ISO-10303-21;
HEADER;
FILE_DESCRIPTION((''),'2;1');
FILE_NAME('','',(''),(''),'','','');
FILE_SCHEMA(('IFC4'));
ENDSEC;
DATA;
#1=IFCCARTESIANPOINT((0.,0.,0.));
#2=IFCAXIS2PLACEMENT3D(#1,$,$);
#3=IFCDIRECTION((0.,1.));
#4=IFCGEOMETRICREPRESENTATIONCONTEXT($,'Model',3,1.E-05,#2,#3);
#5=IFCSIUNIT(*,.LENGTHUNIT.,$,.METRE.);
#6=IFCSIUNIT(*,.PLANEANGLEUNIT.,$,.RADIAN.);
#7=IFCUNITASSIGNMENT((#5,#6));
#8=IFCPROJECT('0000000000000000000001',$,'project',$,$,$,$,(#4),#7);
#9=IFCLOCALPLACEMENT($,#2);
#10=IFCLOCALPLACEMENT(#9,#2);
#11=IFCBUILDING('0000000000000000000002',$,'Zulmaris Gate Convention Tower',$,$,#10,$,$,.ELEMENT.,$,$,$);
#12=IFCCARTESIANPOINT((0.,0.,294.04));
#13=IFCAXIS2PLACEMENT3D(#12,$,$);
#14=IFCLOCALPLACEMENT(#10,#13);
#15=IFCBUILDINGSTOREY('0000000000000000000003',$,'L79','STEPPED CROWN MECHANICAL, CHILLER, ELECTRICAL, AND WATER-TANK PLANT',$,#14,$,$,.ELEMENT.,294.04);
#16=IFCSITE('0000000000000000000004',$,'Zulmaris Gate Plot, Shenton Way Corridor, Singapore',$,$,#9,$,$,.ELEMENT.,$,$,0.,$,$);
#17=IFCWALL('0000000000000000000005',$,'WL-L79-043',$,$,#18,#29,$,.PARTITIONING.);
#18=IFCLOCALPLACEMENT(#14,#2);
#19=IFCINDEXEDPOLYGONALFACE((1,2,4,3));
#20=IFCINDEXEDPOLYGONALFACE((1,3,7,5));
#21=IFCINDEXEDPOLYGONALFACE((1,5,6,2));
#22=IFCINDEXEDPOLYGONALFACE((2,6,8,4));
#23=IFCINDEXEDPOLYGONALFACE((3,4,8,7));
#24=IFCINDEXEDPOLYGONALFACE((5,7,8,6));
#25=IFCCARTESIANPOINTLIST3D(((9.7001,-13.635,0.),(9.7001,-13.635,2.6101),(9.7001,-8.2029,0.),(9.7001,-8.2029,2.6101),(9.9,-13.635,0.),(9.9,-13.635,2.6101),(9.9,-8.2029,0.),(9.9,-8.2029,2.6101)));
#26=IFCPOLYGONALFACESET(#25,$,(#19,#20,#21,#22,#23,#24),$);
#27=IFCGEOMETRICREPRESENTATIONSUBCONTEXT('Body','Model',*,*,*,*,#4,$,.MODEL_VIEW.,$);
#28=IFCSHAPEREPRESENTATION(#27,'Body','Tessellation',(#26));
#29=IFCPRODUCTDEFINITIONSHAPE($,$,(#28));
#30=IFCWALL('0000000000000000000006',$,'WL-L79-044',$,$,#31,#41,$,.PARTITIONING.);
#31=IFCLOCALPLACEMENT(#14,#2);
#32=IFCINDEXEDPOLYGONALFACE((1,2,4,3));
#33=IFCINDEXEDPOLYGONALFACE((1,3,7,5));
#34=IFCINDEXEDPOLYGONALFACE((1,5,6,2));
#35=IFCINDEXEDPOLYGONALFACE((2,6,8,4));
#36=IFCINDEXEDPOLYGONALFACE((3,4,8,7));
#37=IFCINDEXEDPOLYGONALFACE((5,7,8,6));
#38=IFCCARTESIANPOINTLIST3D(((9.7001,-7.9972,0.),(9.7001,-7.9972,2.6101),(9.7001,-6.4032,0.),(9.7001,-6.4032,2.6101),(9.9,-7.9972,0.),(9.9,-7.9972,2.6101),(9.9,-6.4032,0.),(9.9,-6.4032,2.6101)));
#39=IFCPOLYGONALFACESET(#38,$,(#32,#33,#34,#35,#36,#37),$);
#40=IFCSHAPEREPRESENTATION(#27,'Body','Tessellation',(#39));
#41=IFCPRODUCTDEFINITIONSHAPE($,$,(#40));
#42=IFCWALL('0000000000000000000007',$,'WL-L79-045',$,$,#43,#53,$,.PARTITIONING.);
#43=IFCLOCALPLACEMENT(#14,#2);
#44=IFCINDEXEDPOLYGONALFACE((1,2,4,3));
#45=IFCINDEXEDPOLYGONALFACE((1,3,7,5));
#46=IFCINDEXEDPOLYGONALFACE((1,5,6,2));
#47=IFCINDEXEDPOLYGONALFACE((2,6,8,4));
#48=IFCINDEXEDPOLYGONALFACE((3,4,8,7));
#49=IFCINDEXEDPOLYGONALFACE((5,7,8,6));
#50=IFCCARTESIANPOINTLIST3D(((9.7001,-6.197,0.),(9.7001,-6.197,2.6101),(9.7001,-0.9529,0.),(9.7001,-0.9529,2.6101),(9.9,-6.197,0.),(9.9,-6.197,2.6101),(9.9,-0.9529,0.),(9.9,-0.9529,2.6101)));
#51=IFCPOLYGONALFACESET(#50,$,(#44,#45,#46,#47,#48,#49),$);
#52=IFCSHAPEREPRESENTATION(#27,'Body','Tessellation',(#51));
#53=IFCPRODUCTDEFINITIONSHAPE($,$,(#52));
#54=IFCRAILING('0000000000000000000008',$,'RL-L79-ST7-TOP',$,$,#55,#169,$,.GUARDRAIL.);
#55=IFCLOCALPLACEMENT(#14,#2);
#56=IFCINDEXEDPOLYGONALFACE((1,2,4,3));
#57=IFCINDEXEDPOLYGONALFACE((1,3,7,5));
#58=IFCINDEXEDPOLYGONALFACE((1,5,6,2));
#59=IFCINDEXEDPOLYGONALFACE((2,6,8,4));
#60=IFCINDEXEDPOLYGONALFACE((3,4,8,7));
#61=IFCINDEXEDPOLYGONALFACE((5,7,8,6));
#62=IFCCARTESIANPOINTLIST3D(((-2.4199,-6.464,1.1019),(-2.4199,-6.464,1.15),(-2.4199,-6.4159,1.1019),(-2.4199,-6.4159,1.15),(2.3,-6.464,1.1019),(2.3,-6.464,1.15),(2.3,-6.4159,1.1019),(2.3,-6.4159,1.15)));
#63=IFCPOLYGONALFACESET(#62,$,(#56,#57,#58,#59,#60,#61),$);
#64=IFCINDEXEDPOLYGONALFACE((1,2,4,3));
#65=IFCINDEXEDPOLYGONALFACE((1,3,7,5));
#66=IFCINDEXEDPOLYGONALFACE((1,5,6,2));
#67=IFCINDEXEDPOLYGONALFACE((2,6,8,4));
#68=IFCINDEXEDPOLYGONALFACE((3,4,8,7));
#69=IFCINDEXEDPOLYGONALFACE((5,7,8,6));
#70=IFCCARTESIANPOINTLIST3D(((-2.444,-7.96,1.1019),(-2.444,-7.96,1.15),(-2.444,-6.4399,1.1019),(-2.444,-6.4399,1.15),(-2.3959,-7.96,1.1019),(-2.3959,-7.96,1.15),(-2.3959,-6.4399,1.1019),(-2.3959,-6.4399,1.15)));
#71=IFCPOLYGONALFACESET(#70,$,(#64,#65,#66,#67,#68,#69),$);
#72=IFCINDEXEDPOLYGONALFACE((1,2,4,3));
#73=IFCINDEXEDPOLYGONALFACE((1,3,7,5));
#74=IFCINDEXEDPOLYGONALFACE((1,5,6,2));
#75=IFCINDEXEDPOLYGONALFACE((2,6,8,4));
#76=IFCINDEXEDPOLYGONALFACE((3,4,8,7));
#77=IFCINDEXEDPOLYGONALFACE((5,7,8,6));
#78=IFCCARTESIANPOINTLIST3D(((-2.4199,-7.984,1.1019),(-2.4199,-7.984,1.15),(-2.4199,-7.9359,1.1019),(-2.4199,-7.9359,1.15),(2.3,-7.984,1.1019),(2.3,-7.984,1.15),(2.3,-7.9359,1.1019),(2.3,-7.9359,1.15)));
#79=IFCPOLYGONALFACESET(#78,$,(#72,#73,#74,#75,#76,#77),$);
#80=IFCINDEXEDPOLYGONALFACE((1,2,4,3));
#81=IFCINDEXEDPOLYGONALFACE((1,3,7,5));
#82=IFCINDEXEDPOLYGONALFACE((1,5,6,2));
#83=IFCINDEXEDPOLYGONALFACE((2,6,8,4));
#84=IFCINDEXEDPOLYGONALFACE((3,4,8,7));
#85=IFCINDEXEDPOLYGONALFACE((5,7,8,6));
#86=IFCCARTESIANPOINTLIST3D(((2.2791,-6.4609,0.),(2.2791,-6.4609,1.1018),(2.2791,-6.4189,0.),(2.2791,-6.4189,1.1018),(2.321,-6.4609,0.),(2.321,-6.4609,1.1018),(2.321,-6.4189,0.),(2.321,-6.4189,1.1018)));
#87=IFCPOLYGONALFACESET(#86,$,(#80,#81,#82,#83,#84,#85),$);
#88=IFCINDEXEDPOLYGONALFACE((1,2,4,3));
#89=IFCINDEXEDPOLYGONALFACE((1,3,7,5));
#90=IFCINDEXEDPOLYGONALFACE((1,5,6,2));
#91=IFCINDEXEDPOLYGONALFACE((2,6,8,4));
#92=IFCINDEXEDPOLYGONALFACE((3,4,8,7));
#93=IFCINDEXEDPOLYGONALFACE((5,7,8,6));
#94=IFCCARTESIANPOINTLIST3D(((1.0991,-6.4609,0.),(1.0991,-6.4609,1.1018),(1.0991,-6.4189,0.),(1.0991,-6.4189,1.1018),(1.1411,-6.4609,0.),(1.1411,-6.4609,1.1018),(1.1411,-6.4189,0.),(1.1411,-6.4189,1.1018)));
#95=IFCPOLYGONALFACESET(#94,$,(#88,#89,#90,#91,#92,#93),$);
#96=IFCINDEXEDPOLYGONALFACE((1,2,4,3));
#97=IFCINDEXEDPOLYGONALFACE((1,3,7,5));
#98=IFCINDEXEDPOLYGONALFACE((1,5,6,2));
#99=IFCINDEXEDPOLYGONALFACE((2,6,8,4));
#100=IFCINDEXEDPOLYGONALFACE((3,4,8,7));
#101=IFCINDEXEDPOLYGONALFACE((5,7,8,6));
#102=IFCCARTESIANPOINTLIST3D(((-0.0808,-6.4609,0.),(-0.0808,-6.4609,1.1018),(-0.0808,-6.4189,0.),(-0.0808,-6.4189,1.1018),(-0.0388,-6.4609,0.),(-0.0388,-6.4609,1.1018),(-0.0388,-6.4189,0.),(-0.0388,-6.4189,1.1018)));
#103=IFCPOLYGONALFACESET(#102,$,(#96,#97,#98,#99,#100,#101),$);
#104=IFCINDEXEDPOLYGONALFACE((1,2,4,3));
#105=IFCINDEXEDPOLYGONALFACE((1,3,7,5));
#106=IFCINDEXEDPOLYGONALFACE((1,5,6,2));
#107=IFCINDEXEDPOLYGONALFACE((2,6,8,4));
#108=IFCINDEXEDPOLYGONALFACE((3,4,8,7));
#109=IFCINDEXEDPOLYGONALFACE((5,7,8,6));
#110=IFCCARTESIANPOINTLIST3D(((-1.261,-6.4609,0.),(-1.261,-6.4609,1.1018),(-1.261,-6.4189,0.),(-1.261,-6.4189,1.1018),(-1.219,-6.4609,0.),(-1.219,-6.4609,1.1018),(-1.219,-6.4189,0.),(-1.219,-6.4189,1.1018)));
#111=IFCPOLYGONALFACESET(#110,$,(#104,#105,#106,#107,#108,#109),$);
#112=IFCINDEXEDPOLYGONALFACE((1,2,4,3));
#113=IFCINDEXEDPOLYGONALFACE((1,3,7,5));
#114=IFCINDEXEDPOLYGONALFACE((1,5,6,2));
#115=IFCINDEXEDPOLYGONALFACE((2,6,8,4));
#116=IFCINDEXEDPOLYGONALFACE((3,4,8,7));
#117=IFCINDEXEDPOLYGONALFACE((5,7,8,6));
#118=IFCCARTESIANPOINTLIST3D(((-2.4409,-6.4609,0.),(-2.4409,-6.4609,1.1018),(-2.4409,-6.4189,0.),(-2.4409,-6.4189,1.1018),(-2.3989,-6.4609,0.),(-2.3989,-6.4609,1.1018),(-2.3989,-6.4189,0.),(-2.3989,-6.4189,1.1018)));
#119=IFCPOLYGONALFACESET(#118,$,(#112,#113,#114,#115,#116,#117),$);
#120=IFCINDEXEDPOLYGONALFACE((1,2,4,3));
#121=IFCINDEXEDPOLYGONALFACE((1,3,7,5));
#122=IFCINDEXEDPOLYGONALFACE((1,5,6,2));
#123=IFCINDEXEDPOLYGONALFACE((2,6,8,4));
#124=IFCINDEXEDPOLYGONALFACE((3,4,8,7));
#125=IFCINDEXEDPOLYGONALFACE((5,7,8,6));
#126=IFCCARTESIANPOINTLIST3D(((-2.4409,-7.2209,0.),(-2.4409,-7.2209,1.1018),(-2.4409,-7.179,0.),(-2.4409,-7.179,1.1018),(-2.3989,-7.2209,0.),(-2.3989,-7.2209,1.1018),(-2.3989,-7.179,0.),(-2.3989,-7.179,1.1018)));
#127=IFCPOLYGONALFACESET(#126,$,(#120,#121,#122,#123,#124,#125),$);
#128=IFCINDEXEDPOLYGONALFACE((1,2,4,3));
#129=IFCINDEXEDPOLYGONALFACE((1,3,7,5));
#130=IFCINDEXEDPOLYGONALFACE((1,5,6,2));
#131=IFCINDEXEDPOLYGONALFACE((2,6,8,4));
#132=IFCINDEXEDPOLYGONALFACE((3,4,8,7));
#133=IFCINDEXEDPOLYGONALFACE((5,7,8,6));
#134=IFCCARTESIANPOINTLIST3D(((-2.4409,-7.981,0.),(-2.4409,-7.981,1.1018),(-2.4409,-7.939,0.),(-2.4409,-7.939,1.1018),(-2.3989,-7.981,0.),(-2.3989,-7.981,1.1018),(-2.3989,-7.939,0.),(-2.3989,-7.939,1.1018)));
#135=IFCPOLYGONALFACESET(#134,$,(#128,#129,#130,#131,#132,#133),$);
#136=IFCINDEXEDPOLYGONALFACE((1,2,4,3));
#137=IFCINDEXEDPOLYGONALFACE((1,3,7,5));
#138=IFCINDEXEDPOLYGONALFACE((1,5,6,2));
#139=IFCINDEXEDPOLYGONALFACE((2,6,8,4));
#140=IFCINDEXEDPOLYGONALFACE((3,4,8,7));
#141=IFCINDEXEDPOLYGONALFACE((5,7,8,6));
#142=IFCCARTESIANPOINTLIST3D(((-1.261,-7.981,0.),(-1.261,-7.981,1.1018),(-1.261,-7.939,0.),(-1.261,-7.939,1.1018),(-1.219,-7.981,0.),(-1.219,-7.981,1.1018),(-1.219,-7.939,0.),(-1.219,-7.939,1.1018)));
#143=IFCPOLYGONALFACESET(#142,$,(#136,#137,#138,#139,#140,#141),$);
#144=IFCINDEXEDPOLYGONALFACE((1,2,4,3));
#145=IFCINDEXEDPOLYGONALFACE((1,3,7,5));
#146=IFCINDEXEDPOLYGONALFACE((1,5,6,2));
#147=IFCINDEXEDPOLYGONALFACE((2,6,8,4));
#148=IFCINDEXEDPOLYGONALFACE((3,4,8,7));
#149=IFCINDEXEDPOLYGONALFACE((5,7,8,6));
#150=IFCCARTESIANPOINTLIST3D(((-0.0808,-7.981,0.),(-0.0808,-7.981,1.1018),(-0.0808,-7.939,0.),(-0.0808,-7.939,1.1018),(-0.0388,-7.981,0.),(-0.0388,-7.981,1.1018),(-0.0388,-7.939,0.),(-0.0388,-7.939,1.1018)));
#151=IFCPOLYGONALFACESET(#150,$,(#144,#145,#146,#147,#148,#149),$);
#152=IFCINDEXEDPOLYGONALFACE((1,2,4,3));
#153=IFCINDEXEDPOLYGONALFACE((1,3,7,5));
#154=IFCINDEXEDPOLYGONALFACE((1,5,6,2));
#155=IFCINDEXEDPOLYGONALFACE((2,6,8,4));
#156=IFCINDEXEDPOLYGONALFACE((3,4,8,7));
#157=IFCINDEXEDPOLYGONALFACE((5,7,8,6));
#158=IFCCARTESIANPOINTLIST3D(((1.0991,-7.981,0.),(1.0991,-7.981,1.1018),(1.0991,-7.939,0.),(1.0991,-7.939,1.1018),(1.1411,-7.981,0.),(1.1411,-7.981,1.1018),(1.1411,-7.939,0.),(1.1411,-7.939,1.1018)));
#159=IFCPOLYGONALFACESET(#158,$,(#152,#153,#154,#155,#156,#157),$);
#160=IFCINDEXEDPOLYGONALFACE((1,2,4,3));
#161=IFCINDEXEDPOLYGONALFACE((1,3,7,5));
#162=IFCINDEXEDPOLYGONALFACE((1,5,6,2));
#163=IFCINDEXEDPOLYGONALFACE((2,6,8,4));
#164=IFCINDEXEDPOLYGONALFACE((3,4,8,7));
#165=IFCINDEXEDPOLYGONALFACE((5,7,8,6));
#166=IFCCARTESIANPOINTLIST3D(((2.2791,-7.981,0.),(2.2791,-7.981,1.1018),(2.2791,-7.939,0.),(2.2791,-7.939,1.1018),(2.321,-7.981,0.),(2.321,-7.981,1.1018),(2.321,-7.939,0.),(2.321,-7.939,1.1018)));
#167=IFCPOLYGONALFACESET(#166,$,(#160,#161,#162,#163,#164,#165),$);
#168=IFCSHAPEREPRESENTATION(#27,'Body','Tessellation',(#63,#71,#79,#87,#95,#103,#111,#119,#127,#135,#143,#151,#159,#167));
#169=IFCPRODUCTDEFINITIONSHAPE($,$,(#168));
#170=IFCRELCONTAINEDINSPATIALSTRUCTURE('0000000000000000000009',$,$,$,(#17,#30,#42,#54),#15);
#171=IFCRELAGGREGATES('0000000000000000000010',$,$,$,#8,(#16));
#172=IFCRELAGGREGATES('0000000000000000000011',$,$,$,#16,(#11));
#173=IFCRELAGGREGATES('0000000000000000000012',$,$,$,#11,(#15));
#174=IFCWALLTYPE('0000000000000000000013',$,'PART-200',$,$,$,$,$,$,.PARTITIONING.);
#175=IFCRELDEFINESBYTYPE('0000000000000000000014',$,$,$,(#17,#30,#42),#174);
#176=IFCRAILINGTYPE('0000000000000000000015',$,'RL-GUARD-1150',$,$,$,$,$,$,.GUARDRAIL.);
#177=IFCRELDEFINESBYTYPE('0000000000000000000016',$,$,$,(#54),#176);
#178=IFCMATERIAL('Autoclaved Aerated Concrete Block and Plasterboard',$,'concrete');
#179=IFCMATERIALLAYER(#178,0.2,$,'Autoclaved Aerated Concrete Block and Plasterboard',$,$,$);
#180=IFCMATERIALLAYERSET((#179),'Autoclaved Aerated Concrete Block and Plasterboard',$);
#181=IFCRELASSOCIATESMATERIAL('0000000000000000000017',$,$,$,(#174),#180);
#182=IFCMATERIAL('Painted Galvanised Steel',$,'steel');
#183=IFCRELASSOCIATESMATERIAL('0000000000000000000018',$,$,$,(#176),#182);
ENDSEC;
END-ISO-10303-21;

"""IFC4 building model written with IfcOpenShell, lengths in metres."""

from ifc_helpers import new_model, si_unit, direction, frame, frame_2d, origin, origin_2d, place, context, subcontext, project, spatial, rectangle, extrude, material, layer, layer_set, type_object, element, save


model = new_model("IFC4")

# Units and contexts
model_context = context("Model", 3, precision=1e-05, world=origin(), true_north=direction((0.0, 1.0)))
body_context = subcontext(model_context, "Body", "Model", "MODEL_VIEW")
ifc_project = project(units=[si_unit("LENGTHUNIT", "METRE"), si_unit("PLANEANGLEUNIT", "RADIAN")], contexts=[model_context])

# Site, building, storey
site_placement = place(None, origin())
site = spatial("IfcSite", under=ifc_project, at=site_placement, Name="Zulmaris Gate Plot, Shenton Way Corridor, Singapore", CompositionType="ELEMENT", RefElevation=0.0)
building_placement = place(site_placement, origin())
building = spatial("IfcBuilding", under=site, at=building_placement, Name="Zulmaris Gate Convention Tower", CompositionType="ELEMENT")
storey_placement = place(building_placement, frame((0.0, 0.0, 294.04)))
storey = spatial("IfcBuildingStorey", under=building, at=storey_placement, Name="L79", Description="STEPPED CROWN MECHANICAL, CHILLER, ELECTRICAL, AND WATER-TANK PLANT", CompositionType="ELEMENT", Elevation=294.04)

# Shared definitions
ifc_material_1 = material(Name="Autoclaved Aerated Concrete Block and Plasterboard", Category="concrete")
ifc_layer_1 = layer(ifc_material_1, 0.2, Name="Autoclaved Aerated Concrete Block and Plasterboard")
ifc_layer_set_1 = layer_set([ifc_layer_1], Name="Autoclaved Aerated Concrete Block and Plasterboard")
wall_type_1 = type_object("IfcWallType", Name="PART-200", PredefinedType="PARTITIONING", material=ifc_layer_set_1)

# Walls
wall_1_placement = place(storey_placement, frame((9.8, -13.635, 0.0), z_axis=(0.0, 0.0, 1.0), x_axis=(0.0, 1.0, 0.0)))
element("IfcWall", 1, at=wall_1_placement, inside=storey, type_object=wall_type_1, Name="WL-L79-043", PredefinedType="PARTITIONING", context=body_context, shape_type="SweptSolid", body=[
    extrude(rectangle(XDim=5.4321, YDim=0.2, at=frame_2d((2.7161, 0.0))), origin(), (0.0, 0.0, 1.0), 2.6101),
])
wall_2_placement = place(storey_placement, frame((9.8, -7.9971, 0.0), z_axis=(0.0, 0.0, 1.0), x_axis=(0.0, 1.0, 0.0)))
element("IfcWall", 2, at=wall_2_placement, inside=storey, type_object=wall_type_1, Name="WL-L79-044", PredefinedType="PARTITIONING", context=body_context, shape_type="SweptSolid", body=[
    extrude(rectangle(XDim=1.594, YDim=0.2, at=frame_2d((0.7969, 0.0))), origin(), (0.0, 0.0, 1.0), 2.6101),
])
wall_3_placement = place(storey_placement, frame((9.8, -6.197, 0.0), z_axis=(0.0, 0.0, 1.0), x_axis=(0.0, 1.0, 0.0)))
element("IfcWall", 3, at=wall_3_placement, inside=storey, type_object=wall_type_1, Name="WL-L79-045", PredefinedType="PARTITIONING", context=body_context, shape_type="SweptSolid", body=[
    extrude(rectangle(XDim=5.2441, YDim=0.2, at=frame_2d((2.6221, 0.0))), origin(), (0.0, 0.0, 1.0), 2.6101),
])

# Railing
ifc_material_2 = material(Name="Painted Galvanised Steel", Category="steel")
railing_type = type_object("IfcRailingType", Name="RL-GUARD-1150", PredefinedType="GUARDRAIL", material=ifc_material_2)
railing_placement = place(storey_placement, frame((2.3, -6.4399, 0.0)))
element("IfcRailing", 4, at=railing_placement, inside=storey, type_object=railing_type, Name="RL-L79-ST7-TOP", PredefinedType="GUARDRAIL", context=body_context, shape_type="SweptSolid", body=[
    extrude(rectangle(XDim=0.0481, YDim=0.0481, at=origin_2d()), frame((0.0, 0.0, 1.126), z_axis=(-1.0, 0.0, 0.0), x_axis=(0.0, -1.0, 0.0)), (0.0, 0.0, 1.0), 4.72),
    extrude(rectangle(XDim=0.0481, YDim=0.0481, at=origin_2d()), frame((-4.72, 0.0, 1.126), z_axis=(0.0, -1.0, 0.0), x_axis=(1.0, 0.0, 0.0)), (0.0, 0.0, 1.0), 1.52),
    extrude(rectangle(XDim=0.0481, YDim=0.0481, at=origin_2d()), frame((-4.72, -1.52, 1.126), z_axis=(1.0, 0.0, 0.0), x_axis=(0.0, 1.0, 0.0)), (0.0, 0.0, 1.0), 4.72),
    extrude(rectangle(XDim=0.042, YDim=0.042, at=origin_2d()), origin(), (0.0, 0.0, 1.0), 1.1018),
    extrude(rectangle(XDim=0.042, YDim=0.042, at=origin_2d()), frame((-1.1799, 0.0, 0.0)), (0.0, 0.0, 1.0), 1.1018),
    extrude(rectangle(XDim=0.042, YDim=0.042, at=origin_2d()), frame((-2.3599, 0.0, 0.0)), (0.0, 0.0, 1.0), 1.1018),
    extrude(rectangle(XDim=0.042, YDim=0.042, at=origin_2d()), frame((-3.54, 0.0, 0.0)), (0.0, 0.0, 1.0), 1.1018),
    extrude(rectangle(XDim=0.042, YDim=0.042, at=origin_2d()), frame((-4.72, 0.0, 0.0)), (0.0, 0.0, 1.0), 1.1018),
    extrude(rectangle(XDim=0.042, YDim=0.042, at=origin_2d()), frame((-4.72, -0.76, 0.0)), (0.0, 0.0, 1.0), 1.1018),
    extrude(rectangle(XDim=0.042, YDim=0.042, at=origin_2d()), frame((-4.72, -1.52, 0.0)), (0.0, 0.0, 1.0), 1.1018),
    extrude(rectangle(XDim=0.042, YDim=0.042, at=origin_2d()), frame((-3.54, -1.52, 0.0)), (0.0, 0.0, 1.0), 1.1018),
    extrude(rectangle(XDim=0.042, YDim=0.042, at=origin_2d()), frame((-2.3599, -1.52, 0.0)), (0.0, 0.0, 1.0), 1.1018),
    extrude(rectangle(XDim=0.042, YDim=0.042, at=origin_2d()), frame((-1.1799, -1.52, 0.0)), (0.0, 0.0, 1.0), 1.1018),
    extrude(rectangle(XDim=0.042, YDim=0.042, at=origin_2d()), frame((0.0, -1.52, 0.0)), (0.0, 0.0, 1.0), 1.1018),
])

save(model, "model.ifc")
